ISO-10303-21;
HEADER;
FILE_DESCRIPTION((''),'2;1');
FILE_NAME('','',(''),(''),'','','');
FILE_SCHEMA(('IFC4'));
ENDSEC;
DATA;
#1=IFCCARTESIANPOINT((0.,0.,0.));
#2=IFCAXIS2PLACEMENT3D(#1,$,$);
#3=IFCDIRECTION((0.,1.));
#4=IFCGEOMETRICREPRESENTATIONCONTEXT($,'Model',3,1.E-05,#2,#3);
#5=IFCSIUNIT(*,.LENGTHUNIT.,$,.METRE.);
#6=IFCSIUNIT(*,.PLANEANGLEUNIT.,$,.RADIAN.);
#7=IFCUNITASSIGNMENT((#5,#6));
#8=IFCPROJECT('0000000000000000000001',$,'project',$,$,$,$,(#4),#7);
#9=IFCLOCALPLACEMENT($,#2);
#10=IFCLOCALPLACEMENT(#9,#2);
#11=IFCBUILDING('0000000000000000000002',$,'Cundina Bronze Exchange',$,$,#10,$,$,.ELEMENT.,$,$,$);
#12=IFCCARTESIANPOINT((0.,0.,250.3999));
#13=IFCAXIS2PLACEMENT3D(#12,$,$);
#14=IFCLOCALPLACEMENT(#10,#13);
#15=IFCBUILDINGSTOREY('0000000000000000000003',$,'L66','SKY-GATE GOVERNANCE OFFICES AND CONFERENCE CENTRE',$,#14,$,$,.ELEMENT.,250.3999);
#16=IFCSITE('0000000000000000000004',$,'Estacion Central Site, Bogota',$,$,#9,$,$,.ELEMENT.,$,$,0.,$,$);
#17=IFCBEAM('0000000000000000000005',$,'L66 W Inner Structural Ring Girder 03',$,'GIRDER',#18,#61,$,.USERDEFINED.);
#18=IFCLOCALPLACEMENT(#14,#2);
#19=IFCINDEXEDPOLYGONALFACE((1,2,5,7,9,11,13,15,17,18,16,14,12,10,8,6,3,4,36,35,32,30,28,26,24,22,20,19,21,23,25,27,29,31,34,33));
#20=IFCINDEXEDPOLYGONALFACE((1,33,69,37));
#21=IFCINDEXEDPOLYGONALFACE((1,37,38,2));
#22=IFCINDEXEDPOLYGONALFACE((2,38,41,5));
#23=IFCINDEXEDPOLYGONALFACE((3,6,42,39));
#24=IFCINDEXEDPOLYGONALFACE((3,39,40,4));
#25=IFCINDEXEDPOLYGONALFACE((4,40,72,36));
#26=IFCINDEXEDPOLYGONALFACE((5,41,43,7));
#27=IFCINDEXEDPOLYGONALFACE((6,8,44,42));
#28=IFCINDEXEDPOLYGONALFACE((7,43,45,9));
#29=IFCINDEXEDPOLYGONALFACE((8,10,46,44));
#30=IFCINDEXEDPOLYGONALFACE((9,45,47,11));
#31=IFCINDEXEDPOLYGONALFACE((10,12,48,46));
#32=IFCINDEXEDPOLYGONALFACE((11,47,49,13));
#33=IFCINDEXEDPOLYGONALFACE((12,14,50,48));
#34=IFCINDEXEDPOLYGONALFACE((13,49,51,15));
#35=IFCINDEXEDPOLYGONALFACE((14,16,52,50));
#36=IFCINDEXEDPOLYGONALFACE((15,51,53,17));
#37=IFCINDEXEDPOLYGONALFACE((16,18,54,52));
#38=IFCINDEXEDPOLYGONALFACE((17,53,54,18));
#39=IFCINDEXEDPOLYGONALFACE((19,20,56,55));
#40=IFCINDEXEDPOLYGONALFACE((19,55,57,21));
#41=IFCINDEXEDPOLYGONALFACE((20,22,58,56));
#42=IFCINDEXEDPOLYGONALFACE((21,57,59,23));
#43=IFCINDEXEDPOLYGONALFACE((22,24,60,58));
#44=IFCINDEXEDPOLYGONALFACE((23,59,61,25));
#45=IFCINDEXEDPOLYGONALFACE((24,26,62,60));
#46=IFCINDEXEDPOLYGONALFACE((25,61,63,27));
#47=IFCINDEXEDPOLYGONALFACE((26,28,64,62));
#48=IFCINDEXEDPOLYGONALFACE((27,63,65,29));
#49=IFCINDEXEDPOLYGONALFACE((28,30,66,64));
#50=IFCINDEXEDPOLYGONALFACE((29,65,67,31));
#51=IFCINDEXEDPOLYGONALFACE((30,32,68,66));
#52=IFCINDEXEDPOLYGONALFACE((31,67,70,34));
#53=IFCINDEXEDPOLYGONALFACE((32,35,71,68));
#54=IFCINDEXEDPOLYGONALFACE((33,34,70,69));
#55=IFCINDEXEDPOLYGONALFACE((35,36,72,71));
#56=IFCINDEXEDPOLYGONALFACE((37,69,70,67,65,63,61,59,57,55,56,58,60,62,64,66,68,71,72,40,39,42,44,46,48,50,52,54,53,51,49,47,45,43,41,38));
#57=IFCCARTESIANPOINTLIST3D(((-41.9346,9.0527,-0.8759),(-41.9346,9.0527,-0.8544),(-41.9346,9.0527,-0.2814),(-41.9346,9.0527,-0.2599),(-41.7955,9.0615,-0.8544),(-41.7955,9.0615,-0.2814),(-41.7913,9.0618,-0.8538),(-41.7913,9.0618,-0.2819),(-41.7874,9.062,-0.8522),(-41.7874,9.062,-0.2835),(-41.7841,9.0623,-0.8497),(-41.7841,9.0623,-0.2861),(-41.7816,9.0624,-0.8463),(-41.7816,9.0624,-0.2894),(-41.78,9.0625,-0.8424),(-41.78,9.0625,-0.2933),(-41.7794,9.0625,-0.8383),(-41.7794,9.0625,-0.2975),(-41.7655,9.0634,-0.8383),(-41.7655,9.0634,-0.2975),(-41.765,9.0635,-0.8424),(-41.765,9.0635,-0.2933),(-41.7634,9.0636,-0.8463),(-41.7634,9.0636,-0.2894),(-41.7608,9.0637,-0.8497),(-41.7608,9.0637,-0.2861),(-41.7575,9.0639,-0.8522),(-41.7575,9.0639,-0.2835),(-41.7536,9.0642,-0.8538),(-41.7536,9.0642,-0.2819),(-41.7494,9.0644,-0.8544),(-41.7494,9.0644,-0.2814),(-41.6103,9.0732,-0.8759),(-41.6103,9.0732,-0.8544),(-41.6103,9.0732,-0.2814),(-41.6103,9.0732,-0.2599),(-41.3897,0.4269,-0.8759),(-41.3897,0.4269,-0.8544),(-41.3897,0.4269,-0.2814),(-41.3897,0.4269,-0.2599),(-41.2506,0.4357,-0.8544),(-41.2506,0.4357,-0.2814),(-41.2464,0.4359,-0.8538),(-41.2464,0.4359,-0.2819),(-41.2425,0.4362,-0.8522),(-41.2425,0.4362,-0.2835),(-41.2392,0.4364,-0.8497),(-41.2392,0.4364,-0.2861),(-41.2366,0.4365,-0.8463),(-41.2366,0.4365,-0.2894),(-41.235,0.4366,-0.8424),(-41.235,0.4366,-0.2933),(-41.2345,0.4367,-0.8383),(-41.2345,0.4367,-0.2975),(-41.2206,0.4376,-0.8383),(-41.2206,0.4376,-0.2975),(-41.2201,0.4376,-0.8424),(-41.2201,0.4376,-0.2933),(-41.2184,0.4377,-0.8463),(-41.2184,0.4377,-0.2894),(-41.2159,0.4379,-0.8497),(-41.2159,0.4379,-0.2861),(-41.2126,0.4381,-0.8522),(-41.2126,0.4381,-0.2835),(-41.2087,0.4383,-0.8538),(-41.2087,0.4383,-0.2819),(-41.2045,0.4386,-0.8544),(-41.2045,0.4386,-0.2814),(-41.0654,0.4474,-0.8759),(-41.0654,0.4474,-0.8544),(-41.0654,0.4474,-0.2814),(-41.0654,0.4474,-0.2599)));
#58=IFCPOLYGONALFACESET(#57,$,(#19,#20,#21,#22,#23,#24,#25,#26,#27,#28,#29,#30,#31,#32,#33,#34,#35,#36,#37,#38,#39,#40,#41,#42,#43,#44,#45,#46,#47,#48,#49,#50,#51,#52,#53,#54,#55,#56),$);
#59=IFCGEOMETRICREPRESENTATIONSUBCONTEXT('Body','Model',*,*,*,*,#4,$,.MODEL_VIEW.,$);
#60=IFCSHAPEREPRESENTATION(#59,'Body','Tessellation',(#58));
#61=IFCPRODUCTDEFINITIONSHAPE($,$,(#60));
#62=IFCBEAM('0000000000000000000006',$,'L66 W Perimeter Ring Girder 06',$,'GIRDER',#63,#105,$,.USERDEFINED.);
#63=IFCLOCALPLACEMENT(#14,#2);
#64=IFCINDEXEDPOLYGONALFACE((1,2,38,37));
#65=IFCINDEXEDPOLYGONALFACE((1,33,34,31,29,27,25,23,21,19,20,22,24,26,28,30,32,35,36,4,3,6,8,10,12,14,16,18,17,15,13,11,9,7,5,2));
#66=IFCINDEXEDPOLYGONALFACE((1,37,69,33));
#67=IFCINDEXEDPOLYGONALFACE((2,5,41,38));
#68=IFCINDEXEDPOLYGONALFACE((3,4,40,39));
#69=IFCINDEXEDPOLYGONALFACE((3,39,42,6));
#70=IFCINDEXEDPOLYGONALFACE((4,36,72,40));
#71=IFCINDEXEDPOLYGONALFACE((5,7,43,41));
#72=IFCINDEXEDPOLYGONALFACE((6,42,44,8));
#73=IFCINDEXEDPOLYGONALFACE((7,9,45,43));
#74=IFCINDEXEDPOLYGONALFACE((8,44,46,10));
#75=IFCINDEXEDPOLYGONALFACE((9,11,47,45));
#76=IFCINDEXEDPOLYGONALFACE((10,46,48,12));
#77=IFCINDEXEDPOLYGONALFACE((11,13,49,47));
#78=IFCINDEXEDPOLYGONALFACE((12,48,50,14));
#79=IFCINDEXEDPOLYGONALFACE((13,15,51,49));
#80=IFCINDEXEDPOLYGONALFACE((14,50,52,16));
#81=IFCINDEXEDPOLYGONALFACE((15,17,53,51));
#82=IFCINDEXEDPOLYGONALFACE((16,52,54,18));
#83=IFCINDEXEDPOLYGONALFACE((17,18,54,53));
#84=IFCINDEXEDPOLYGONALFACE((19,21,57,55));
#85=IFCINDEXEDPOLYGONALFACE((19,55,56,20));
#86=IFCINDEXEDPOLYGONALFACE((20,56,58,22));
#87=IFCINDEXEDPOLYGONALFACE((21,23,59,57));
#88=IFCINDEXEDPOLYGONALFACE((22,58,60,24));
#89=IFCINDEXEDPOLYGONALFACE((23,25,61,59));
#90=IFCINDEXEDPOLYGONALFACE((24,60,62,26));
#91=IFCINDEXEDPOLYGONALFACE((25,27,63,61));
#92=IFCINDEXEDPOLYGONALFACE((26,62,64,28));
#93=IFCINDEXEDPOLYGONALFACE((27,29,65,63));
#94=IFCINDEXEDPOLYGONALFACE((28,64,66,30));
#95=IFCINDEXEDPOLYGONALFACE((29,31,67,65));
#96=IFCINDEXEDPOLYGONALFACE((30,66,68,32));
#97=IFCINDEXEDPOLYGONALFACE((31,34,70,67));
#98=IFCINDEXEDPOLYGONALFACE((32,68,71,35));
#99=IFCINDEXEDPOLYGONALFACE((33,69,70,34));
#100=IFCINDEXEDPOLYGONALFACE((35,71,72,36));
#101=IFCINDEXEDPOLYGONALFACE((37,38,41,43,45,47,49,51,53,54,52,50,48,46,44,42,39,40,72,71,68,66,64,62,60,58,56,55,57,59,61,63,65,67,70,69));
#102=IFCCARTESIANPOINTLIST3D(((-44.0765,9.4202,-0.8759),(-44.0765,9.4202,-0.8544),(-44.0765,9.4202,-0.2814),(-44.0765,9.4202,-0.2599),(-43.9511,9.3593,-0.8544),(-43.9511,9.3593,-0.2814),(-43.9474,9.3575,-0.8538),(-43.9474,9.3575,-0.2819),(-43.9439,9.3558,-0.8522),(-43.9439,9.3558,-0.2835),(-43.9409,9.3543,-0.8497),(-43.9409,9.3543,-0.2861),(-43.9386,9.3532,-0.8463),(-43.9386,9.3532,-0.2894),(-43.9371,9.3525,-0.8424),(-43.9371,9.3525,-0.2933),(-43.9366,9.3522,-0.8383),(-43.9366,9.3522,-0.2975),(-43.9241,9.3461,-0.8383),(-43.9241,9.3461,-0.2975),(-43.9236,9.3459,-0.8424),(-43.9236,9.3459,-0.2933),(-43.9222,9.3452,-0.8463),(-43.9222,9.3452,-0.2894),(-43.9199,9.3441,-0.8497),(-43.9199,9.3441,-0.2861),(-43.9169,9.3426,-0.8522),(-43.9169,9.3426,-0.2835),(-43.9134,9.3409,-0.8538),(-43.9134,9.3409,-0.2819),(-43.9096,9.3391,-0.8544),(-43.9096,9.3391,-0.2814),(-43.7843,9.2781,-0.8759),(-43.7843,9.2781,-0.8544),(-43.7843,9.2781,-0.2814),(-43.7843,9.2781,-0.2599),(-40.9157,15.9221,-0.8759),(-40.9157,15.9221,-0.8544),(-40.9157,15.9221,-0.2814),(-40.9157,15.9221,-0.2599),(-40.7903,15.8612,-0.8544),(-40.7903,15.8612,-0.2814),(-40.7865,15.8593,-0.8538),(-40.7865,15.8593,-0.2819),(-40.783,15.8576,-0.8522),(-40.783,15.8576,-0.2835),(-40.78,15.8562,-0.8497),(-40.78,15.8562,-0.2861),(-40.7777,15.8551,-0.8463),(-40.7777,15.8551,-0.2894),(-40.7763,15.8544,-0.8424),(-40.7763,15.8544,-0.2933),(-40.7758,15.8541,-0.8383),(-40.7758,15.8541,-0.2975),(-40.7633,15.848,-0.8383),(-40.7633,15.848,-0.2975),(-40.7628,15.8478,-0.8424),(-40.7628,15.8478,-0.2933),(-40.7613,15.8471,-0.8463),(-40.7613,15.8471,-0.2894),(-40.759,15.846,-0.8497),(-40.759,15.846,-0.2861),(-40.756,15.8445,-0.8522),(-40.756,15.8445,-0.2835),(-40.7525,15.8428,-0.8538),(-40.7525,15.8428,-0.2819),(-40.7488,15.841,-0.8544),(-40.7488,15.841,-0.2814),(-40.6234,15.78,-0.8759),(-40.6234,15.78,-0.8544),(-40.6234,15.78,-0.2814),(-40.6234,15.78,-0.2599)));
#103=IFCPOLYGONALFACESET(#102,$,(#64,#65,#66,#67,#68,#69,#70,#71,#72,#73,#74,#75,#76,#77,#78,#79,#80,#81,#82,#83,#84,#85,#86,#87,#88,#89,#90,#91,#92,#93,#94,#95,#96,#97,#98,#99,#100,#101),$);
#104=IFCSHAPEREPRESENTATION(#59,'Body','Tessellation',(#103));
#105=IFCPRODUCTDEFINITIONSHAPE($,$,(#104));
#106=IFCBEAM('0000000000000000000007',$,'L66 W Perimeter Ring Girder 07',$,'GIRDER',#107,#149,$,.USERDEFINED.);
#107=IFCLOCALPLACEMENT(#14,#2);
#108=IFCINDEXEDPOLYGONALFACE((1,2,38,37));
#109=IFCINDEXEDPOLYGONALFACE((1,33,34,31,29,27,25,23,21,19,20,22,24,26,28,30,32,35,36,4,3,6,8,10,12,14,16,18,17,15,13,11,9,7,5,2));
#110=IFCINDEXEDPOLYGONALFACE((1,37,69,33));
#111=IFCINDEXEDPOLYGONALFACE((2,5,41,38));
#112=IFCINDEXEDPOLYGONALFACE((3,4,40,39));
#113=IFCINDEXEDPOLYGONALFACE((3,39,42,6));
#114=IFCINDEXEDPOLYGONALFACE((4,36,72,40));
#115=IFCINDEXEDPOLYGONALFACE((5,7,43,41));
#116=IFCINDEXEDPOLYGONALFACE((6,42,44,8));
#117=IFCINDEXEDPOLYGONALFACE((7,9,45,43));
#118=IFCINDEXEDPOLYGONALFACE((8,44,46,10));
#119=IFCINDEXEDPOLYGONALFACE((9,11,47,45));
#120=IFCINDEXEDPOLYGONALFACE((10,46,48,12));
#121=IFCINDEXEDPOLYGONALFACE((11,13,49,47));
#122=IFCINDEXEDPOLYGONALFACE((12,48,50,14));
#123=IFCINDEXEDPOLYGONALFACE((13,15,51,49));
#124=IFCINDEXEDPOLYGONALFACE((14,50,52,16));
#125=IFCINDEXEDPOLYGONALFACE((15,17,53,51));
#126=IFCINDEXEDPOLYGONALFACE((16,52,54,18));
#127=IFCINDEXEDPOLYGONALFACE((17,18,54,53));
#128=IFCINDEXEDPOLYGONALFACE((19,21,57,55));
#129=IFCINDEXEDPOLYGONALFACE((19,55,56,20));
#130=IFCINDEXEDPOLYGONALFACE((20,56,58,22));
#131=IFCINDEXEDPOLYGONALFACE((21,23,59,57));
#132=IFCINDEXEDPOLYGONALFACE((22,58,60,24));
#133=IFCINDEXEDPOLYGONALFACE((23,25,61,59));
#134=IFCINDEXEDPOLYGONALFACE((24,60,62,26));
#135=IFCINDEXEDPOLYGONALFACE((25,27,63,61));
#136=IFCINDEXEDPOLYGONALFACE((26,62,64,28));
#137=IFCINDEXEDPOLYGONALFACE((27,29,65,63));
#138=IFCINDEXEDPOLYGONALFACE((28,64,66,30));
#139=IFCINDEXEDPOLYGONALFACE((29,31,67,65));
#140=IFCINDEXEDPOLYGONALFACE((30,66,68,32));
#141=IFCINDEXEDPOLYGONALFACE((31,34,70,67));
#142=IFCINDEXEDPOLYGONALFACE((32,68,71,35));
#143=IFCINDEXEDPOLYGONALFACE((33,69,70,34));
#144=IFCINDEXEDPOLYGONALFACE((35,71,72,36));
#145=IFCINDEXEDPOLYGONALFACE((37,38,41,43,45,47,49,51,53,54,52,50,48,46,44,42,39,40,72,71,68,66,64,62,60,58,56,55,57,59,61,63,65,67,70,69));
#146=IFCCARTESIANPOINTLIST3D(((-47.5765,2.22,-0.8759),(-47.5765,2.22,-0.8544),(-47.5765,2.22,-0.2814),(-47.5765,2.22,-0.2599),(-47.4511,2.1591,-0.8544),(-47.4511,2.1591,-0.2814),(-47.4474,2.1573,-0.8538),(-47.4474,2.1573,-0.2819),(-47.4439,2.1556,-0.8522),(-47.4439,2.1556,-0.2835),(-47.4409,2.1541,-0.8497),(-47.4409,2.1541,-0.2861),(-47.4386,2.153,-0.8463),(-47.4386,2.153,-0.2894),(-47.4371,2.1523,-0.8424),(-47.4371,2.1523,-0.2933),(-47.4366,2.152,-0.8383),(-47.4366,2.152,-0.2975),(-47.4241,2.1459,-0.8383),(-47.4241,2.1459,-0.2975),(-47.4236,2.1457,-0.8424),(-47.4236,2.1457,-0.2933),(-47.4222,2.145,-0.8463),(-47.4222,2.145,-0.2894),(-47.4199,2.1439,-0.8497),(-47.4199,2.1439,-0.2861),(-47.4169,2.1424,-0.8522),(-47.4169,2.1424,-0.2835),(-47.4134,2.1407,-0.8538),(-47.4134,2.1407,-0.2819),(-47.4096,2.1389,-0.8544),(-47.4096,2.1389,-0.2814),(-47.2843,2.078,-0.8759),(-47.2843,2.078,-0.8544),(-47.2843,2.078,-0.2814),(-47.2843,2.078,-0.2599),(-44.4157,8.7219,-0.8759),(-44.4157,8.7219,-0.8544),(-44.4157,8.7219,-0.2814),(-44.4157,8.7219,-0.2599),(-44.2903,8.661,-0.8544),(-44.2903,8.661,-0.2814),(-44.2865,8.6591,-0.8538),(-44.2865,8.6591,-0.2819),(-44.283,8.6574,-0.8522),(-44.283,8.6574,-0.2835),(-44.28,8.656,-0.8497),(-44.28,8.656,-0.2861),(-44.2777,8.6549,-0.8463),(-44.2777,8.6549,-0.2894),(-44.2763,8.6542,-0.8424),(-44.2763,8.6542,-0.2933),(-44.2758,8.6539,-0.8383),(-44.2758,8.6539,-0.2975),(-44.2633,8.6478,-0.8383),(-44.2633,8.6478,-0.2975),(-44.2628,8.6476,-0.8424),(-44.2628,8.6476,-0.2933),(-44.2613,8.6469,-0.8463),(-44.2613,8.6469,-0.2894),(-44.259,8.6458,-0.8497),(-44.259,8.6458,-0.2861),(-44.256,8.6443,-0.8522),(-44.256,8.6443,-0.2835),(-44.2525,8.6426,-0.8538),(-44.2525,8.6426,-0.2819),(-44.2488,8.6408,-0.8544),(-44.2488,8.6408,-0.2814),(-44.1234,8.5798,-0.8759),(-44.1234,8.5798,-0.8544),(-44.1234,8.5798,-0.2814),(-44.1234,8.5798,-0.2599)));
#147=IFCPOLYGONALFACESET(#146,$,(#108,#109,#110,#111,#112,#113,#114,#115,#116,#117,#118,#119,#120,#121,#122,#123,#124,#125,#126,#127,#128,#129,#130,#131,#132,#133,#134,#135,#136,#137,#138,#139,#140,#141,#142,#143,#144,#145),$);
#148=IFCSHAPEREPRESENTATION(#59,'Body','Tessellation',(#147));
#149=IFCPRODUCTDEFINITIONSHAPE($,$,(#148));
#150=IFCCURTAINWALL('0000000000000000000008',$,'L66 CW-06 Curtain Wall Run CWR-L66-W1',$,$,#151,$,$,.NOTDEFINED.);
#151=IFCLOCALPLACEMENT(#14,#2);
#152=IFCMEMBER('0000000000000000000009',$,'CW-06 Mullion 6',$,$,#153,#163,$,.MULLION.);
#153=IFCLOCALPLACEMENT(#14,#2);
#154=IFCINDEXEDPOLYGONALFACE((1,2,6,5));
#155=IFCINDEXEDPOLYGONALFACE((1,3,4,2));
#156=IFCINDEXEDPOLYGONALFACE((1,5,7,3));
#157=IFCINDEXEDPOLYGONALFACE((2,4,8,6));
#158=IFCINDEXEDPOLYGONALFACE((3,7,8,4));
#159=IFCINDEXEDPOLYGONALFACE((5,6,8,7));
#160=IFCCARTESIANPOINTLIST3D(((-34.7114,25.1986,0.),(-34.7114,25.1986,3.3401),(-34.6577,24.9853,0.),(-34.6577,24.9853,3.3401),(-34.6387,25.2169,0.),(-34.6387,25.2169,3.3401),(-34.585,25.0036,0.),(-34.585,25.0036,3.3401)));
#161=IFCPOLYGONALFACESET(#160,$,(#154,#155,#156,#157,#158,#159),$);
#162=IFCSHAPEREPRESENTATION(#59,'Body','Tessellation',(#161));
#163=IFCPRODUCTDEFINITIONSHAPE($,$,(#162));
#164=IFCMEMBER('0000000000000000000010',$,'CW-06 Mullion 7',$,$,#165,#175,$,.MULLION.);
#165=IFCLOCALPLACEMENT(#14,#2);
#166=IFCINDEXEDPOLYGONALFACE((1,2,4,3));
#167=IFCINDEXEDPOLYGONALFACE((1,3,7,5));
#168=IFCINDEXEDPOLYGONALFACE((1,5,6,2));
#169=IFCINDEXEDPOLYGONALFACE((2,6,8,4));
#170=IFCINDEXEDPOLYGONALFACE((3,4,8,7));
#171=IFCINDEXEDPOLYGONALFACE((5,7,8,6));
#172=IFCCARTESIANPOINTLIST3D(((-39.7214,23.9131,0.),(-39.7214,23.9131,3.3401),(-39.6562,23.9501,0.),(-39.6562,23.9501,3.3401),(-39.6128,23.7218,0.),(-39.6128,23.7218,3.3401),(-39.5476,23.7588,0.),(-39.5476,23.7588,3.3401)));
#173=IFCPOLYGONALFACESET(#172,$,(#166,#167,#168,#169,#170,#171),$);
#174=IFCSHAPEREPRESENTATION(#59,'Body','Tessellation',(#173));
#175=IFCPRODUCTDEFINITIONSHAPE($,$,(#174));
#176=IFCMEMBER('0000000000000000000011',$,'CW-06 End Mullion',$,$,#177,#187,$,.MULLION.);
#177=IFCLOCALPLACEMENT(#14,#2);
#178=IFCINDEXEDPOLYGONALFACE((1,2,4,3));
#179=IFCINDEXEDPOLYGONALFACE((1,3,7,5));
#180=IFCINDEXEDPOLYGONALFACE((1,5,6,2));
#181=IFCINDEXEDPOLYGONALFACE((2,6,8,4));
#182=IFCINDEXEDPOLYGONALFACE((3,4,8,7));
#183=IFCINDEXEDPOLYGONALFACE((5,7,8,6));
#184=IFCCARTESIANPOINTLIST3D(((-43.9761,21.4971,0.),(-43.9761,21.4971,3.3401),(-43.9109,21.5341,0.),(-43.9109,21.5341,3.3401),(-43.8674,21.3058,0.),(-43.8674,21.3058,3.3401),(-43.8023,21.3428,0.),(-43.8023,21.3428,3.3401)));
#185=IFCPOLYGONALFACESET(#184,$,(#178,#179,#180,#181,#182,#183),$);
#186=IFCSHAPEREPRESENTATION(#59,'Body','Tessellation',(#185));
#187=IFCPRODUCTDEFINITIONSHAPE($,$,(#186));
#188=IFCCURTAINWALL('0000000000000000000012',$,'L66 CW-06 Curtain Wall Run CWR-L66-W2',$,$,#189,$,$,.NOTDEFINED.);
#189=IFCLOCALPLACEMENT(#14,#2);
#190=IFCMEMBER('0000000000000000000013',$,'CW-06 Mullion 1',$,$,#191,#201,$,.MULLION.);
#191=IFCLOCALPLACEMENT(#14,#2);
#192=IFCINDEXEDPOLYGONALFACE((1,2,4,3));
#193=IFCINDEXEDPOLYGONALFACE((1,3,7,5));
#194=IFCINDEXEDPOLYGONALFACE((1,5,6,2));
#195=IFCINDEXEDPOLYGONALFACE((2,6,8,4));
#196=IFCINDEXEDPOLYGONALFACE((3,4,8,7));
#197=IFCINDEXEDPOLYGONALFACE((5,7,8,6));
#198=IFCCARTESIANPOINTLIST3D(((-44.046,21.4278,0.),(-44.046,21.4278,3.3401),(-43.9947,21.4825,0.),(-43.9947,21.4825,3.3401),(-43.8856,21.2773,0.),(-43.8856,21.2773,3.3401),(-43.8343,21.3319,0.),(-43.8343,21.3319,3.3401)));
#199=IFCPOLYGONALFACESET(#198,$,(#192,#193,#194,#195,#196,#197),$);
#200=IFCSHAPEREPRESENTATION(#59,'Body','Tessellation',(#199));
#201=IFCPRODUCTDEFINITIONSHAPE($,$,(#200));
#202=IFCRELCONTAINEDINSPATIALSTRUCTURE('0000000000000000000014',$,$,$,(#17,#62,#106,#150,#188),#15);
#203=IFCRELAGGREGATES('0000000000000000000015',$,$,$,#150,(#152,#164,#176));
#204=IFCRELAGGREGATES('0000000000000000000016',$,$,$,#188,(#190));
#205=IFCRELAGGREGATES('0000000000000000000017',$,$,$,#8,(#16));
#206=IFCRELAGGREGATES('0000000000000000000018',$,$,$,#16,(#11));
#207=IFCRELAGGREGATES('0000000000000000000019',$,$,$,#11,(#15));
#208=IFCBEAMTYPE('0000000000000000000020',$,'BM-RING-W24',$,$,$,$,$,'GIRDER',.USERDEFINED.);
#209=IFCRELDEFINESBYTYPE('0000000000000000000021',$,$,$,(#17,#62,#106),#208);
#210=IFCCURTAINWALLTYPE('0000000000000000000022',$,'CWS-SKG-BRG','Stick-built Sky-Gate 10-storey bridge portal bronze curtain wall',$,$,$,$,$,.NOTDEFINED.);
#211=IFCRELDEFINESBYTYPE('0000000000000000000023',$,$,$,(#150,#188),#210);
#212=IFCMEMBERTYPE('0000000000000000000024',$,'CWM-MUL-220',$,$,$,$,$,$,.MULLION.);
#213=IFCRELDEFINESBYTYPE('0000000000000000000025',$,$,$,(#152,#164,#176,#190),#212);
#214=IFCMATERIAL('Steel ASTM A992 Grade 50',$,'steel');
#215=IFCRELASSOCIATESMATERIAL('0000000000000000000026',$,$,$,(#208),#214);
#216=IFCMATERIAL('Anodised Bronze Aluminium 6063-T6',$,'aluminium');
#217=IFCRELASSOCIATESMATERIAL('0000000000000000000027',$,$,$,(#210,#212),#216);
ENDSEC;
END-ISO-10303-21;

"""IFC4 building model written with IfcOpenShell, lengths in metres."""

from ifc_helpers import new_model, si_unit, direction, frame, origin, origin_2d, place, context, subcontext, project, spatial, rectangle, i_section, extrude, material, material_profile, profile_set, type_object, element, aggregate, save


model = new_model("IFC4")

# Units and contexts
model_context = context("Model", 3, precision=1e-05, world=origin(), true_north=direction((0.0, 1.0)))
body_context = subcontext(model_context, "Body", "Model", "MODEL_VIEW")
ifc_project = project(units=[si_unit("LENGTHUNIT", "METRE"), si_unit("PLANEANGLEUNIT", "RADIAN")], contexts=[model_context])

# Site, building, storey
site_placement = place(None, origin())
site = spatial("IfcSite", under=ifc_project, at=site_placement, Name="Estacion Central Site, Bogota", CompositionType="ELEMENT", RefElevation=0.0)
building_placement = place(site_placement, origin())
building = spatial("IfcBuilding", under=site, at=building_placement, Name="Cundina Bronze Exchange", CompositionType="ELEMENT")
storey_placement = place(building_placement, frame((0.0, 0.0, 250.3999)))
storey = spatial("IfcBuildingStorey", under=building, at=storey_placement, Name="L66", Description="SKY-GATE GOVERNANCE OFFICES AND CONFERENCE CENTRE", CompositionType="ELEMENT", Elevation=250.3999)

# Beams
ifc_material_1 = material(Name="Steel ASTM A992 Grade 50", Category="steel")
ifc_material_profile_1 = material_profile(ifc_material_1, i_section(OverallWidth=0.325, OverallDepth=0.616, WebThickness=0.0139, FlangeThickness=0.0215, FilletRadius=0.0161, at=origin_2d()), Name="W24X117", Category="steel")
ifc_profile_set_1 = profile_set([ifc_material_profile_1], Name="Steel ASTM A992 Grade 50")
beam_type_1 = type_object("IfcBeamType", Name="BM-RING-W24", ElementType="GIRDER", PredefinedType="USERDEFINED", material=ifc_profile_set_1)
beam_1_placement = place(storey_placement, frame((-41.7725, 9.063, -0.5679), z_axis=(0.063047, -0.998011, 0.0), x_axis=(0.998011, 0.063047, 0.0)))
element("IfcBeam", 1, at=beam_1_placement, inside=storey, type_object=beam_type_1, Name="L66 W Inner Structural Ring Girder 03", ObjectType="GIRDER", PredefinedType="USERDEFINED", context=body_context, shape_type="SweptSolid", body=[
    extrude(i_section(OverallWidth=0.325, OverallDepth=0.616, WebThickness=0.0139, FlangeThickness=0.0215, FilletRadius=0.0161, at=origin_2d()), origin(), (0.0, 0.0, 1.0), 8.6431),
])
for number, where, z_axis, x_axis, name in (
    (2, (-40.7695, 15.8511, -0.5679), (-0.437217, -0.899356, 0.0), (0.899356, -0.437217, 0.0), "L66 W Perimeter Ring Girder 06"),
    (3, (-44.2695, 8.6509, -0.5679), (-0.437217, -0.899356, 0.0), (0.899356, -0.437217, 0.0), "L66 W Perimeter Ring Girder 07"),
):
    element("IfcBeam", number, at=place(storey_placement, frame(where, z_axis=z_axis, x_axis=x_axis)), inside=storey, type_object=beam_type_1, Name=name, ObjectType="GIRDER", PredefinedType="USERDEFINED", context=body_context, shape_type="SweptSolid", body=[
        extrude(i_section(OverallWidth=0.325, OverallDepth=0.616, WebThickness=0.0139, FlangeThickness=0.0215, FilletRadius=0.0161, at=origin_2d()), origin(), (0.0, 0.0, 1.0), 7.2295),
    ])

# Curtain walls, members
ifc_material_2 = material(Name="Anodised Bronze Aluminium 6063-T6", Category="aluminium")
curtain_wall_type = type_object("IfcCurtainWallType", Name="CWS-SKG-BRG", Description="Stick-built Sky-Gate 10-storey bridge portal bronze curtain wall", PredefinedType="NOTDEFINED", material=ifc_material_2)
curtain_wall_1_placement = place(storey_placement, origin())
curtain_wall_1 = element("IfcCurtainWall", 4, at=curtain_wall_1_placement, inside=storey, type_object=curtain_wall_type, Name="L66 CW-06 Curtain Wall Run CWR-L66-W1", PredefinedType="NOTDEFINED")
ifc_material_profile_2 = material_profile(ifc_material_2, rectangle(XDim=0.075, YDim=0.22, at=origin_2d()), Name="AL75X220", Category="aluminium")
ifc_profile_set_2 = profile_set([ifc_material_profile_2], Name="Anodised Bronze Aluminium 6063-T6")
member_type_1 = type_object("IfcMemberType", Name="CWM-MUL-220", PredefinedType="MULLION", material=ifc_profile_set_2)
member_1_placement = place(storey_placement, frame((-34.6482, 25.1011, 0.0), z_axis=(0.0, 0.0, 1.0), x_axis=(-0.969744, -0.244123, 0.0)))
member_1 = element("IfcMember", 5, at=member_1_placement, type_object=member_type_1, Name="CW-06 Mullion 6", PredefinedType="MULLION", context=body_context, shape_type="SweptSolid", body=[
    extrude(rectangle(XDim=0.075, YDim=0.22, at=origin_2d()), origin(), (0.0, 0.0, 1.0), 3.3401),
])
member_2_placement = place(storey_placement, frame((-39.6345, 23.8359, 0.0), z_axis=(0.0, 0.0, 1.0), x_axis=(-0.869581, -0.49379, 0.0)))
member_2 = element("IfcMember", 6, at=member_2_placement, type_object=member_type_1, Name="CW-06 Mullion 7", PredefinedType="MULLION", context=body_context, shape_type="SweptSolid", body=[
    extrude(rectangle(XDim=0.075, YDim=0.22, at=origin_2d()), origin(), (0.0, 0.0, 1.0), 3.3401),
])
member_3_placement = place(storey_placement, frame((-43.8892, 21.4199, 0.0), z_axis=(0.0, 0.0, 1.0), x_axis=(-0.869581, -0.49379, 0.0)))
member_3 = element("IfcMember", 7, at=member_3_placement, type_object=member_type_1, Name="CW-06 End Mullion", PredefinedType="MULLION", context=body_context, shape_type="SweptSolid", body=[
    extrude(rectangle(XDim=0.075, YDim=0.22, at=origin_2d()), origin(), (0.0, 0.0, 1.0), 3.3401),
])
curtain_wall_2_placement = place(storey_placement, origin())
curtain_wall_2 = element("IfcCurtainWall", 8, at=curtain_wall_2_placement, inside=storey, type_object=curtain_wall_type, Name="L66 CW-06 Curtain Wall Run CWR-L66-W2", PredefinedType="NOTDEFINED")
member_4_placement = place(storey_placement, frame((-43.9402, 21.3799, 0.0), z_axis=(0.0, 0.0, 1.0), x_axis=(-0.684293, -0.729208, 0.0)))
member_4 = element("IfcMember", 9, at=member_4_placement, type_object=member_type_1, Name="CW-06 Mullion 1", PredefinedType="MULLION", context=body_context, shape_type="SweptSolid", body=[
    extrude(rectangle(XDim=0.075, YDim=0.22, at=origin_2d()), origin(), (0.0, 0.0, 1.0), 3.3401),
])

aggregate(curtain_wall_1, [member_1, member_2, member_3])
aggregate(curtain_wall_2, [member_4])

save(model, "model.ifc")
